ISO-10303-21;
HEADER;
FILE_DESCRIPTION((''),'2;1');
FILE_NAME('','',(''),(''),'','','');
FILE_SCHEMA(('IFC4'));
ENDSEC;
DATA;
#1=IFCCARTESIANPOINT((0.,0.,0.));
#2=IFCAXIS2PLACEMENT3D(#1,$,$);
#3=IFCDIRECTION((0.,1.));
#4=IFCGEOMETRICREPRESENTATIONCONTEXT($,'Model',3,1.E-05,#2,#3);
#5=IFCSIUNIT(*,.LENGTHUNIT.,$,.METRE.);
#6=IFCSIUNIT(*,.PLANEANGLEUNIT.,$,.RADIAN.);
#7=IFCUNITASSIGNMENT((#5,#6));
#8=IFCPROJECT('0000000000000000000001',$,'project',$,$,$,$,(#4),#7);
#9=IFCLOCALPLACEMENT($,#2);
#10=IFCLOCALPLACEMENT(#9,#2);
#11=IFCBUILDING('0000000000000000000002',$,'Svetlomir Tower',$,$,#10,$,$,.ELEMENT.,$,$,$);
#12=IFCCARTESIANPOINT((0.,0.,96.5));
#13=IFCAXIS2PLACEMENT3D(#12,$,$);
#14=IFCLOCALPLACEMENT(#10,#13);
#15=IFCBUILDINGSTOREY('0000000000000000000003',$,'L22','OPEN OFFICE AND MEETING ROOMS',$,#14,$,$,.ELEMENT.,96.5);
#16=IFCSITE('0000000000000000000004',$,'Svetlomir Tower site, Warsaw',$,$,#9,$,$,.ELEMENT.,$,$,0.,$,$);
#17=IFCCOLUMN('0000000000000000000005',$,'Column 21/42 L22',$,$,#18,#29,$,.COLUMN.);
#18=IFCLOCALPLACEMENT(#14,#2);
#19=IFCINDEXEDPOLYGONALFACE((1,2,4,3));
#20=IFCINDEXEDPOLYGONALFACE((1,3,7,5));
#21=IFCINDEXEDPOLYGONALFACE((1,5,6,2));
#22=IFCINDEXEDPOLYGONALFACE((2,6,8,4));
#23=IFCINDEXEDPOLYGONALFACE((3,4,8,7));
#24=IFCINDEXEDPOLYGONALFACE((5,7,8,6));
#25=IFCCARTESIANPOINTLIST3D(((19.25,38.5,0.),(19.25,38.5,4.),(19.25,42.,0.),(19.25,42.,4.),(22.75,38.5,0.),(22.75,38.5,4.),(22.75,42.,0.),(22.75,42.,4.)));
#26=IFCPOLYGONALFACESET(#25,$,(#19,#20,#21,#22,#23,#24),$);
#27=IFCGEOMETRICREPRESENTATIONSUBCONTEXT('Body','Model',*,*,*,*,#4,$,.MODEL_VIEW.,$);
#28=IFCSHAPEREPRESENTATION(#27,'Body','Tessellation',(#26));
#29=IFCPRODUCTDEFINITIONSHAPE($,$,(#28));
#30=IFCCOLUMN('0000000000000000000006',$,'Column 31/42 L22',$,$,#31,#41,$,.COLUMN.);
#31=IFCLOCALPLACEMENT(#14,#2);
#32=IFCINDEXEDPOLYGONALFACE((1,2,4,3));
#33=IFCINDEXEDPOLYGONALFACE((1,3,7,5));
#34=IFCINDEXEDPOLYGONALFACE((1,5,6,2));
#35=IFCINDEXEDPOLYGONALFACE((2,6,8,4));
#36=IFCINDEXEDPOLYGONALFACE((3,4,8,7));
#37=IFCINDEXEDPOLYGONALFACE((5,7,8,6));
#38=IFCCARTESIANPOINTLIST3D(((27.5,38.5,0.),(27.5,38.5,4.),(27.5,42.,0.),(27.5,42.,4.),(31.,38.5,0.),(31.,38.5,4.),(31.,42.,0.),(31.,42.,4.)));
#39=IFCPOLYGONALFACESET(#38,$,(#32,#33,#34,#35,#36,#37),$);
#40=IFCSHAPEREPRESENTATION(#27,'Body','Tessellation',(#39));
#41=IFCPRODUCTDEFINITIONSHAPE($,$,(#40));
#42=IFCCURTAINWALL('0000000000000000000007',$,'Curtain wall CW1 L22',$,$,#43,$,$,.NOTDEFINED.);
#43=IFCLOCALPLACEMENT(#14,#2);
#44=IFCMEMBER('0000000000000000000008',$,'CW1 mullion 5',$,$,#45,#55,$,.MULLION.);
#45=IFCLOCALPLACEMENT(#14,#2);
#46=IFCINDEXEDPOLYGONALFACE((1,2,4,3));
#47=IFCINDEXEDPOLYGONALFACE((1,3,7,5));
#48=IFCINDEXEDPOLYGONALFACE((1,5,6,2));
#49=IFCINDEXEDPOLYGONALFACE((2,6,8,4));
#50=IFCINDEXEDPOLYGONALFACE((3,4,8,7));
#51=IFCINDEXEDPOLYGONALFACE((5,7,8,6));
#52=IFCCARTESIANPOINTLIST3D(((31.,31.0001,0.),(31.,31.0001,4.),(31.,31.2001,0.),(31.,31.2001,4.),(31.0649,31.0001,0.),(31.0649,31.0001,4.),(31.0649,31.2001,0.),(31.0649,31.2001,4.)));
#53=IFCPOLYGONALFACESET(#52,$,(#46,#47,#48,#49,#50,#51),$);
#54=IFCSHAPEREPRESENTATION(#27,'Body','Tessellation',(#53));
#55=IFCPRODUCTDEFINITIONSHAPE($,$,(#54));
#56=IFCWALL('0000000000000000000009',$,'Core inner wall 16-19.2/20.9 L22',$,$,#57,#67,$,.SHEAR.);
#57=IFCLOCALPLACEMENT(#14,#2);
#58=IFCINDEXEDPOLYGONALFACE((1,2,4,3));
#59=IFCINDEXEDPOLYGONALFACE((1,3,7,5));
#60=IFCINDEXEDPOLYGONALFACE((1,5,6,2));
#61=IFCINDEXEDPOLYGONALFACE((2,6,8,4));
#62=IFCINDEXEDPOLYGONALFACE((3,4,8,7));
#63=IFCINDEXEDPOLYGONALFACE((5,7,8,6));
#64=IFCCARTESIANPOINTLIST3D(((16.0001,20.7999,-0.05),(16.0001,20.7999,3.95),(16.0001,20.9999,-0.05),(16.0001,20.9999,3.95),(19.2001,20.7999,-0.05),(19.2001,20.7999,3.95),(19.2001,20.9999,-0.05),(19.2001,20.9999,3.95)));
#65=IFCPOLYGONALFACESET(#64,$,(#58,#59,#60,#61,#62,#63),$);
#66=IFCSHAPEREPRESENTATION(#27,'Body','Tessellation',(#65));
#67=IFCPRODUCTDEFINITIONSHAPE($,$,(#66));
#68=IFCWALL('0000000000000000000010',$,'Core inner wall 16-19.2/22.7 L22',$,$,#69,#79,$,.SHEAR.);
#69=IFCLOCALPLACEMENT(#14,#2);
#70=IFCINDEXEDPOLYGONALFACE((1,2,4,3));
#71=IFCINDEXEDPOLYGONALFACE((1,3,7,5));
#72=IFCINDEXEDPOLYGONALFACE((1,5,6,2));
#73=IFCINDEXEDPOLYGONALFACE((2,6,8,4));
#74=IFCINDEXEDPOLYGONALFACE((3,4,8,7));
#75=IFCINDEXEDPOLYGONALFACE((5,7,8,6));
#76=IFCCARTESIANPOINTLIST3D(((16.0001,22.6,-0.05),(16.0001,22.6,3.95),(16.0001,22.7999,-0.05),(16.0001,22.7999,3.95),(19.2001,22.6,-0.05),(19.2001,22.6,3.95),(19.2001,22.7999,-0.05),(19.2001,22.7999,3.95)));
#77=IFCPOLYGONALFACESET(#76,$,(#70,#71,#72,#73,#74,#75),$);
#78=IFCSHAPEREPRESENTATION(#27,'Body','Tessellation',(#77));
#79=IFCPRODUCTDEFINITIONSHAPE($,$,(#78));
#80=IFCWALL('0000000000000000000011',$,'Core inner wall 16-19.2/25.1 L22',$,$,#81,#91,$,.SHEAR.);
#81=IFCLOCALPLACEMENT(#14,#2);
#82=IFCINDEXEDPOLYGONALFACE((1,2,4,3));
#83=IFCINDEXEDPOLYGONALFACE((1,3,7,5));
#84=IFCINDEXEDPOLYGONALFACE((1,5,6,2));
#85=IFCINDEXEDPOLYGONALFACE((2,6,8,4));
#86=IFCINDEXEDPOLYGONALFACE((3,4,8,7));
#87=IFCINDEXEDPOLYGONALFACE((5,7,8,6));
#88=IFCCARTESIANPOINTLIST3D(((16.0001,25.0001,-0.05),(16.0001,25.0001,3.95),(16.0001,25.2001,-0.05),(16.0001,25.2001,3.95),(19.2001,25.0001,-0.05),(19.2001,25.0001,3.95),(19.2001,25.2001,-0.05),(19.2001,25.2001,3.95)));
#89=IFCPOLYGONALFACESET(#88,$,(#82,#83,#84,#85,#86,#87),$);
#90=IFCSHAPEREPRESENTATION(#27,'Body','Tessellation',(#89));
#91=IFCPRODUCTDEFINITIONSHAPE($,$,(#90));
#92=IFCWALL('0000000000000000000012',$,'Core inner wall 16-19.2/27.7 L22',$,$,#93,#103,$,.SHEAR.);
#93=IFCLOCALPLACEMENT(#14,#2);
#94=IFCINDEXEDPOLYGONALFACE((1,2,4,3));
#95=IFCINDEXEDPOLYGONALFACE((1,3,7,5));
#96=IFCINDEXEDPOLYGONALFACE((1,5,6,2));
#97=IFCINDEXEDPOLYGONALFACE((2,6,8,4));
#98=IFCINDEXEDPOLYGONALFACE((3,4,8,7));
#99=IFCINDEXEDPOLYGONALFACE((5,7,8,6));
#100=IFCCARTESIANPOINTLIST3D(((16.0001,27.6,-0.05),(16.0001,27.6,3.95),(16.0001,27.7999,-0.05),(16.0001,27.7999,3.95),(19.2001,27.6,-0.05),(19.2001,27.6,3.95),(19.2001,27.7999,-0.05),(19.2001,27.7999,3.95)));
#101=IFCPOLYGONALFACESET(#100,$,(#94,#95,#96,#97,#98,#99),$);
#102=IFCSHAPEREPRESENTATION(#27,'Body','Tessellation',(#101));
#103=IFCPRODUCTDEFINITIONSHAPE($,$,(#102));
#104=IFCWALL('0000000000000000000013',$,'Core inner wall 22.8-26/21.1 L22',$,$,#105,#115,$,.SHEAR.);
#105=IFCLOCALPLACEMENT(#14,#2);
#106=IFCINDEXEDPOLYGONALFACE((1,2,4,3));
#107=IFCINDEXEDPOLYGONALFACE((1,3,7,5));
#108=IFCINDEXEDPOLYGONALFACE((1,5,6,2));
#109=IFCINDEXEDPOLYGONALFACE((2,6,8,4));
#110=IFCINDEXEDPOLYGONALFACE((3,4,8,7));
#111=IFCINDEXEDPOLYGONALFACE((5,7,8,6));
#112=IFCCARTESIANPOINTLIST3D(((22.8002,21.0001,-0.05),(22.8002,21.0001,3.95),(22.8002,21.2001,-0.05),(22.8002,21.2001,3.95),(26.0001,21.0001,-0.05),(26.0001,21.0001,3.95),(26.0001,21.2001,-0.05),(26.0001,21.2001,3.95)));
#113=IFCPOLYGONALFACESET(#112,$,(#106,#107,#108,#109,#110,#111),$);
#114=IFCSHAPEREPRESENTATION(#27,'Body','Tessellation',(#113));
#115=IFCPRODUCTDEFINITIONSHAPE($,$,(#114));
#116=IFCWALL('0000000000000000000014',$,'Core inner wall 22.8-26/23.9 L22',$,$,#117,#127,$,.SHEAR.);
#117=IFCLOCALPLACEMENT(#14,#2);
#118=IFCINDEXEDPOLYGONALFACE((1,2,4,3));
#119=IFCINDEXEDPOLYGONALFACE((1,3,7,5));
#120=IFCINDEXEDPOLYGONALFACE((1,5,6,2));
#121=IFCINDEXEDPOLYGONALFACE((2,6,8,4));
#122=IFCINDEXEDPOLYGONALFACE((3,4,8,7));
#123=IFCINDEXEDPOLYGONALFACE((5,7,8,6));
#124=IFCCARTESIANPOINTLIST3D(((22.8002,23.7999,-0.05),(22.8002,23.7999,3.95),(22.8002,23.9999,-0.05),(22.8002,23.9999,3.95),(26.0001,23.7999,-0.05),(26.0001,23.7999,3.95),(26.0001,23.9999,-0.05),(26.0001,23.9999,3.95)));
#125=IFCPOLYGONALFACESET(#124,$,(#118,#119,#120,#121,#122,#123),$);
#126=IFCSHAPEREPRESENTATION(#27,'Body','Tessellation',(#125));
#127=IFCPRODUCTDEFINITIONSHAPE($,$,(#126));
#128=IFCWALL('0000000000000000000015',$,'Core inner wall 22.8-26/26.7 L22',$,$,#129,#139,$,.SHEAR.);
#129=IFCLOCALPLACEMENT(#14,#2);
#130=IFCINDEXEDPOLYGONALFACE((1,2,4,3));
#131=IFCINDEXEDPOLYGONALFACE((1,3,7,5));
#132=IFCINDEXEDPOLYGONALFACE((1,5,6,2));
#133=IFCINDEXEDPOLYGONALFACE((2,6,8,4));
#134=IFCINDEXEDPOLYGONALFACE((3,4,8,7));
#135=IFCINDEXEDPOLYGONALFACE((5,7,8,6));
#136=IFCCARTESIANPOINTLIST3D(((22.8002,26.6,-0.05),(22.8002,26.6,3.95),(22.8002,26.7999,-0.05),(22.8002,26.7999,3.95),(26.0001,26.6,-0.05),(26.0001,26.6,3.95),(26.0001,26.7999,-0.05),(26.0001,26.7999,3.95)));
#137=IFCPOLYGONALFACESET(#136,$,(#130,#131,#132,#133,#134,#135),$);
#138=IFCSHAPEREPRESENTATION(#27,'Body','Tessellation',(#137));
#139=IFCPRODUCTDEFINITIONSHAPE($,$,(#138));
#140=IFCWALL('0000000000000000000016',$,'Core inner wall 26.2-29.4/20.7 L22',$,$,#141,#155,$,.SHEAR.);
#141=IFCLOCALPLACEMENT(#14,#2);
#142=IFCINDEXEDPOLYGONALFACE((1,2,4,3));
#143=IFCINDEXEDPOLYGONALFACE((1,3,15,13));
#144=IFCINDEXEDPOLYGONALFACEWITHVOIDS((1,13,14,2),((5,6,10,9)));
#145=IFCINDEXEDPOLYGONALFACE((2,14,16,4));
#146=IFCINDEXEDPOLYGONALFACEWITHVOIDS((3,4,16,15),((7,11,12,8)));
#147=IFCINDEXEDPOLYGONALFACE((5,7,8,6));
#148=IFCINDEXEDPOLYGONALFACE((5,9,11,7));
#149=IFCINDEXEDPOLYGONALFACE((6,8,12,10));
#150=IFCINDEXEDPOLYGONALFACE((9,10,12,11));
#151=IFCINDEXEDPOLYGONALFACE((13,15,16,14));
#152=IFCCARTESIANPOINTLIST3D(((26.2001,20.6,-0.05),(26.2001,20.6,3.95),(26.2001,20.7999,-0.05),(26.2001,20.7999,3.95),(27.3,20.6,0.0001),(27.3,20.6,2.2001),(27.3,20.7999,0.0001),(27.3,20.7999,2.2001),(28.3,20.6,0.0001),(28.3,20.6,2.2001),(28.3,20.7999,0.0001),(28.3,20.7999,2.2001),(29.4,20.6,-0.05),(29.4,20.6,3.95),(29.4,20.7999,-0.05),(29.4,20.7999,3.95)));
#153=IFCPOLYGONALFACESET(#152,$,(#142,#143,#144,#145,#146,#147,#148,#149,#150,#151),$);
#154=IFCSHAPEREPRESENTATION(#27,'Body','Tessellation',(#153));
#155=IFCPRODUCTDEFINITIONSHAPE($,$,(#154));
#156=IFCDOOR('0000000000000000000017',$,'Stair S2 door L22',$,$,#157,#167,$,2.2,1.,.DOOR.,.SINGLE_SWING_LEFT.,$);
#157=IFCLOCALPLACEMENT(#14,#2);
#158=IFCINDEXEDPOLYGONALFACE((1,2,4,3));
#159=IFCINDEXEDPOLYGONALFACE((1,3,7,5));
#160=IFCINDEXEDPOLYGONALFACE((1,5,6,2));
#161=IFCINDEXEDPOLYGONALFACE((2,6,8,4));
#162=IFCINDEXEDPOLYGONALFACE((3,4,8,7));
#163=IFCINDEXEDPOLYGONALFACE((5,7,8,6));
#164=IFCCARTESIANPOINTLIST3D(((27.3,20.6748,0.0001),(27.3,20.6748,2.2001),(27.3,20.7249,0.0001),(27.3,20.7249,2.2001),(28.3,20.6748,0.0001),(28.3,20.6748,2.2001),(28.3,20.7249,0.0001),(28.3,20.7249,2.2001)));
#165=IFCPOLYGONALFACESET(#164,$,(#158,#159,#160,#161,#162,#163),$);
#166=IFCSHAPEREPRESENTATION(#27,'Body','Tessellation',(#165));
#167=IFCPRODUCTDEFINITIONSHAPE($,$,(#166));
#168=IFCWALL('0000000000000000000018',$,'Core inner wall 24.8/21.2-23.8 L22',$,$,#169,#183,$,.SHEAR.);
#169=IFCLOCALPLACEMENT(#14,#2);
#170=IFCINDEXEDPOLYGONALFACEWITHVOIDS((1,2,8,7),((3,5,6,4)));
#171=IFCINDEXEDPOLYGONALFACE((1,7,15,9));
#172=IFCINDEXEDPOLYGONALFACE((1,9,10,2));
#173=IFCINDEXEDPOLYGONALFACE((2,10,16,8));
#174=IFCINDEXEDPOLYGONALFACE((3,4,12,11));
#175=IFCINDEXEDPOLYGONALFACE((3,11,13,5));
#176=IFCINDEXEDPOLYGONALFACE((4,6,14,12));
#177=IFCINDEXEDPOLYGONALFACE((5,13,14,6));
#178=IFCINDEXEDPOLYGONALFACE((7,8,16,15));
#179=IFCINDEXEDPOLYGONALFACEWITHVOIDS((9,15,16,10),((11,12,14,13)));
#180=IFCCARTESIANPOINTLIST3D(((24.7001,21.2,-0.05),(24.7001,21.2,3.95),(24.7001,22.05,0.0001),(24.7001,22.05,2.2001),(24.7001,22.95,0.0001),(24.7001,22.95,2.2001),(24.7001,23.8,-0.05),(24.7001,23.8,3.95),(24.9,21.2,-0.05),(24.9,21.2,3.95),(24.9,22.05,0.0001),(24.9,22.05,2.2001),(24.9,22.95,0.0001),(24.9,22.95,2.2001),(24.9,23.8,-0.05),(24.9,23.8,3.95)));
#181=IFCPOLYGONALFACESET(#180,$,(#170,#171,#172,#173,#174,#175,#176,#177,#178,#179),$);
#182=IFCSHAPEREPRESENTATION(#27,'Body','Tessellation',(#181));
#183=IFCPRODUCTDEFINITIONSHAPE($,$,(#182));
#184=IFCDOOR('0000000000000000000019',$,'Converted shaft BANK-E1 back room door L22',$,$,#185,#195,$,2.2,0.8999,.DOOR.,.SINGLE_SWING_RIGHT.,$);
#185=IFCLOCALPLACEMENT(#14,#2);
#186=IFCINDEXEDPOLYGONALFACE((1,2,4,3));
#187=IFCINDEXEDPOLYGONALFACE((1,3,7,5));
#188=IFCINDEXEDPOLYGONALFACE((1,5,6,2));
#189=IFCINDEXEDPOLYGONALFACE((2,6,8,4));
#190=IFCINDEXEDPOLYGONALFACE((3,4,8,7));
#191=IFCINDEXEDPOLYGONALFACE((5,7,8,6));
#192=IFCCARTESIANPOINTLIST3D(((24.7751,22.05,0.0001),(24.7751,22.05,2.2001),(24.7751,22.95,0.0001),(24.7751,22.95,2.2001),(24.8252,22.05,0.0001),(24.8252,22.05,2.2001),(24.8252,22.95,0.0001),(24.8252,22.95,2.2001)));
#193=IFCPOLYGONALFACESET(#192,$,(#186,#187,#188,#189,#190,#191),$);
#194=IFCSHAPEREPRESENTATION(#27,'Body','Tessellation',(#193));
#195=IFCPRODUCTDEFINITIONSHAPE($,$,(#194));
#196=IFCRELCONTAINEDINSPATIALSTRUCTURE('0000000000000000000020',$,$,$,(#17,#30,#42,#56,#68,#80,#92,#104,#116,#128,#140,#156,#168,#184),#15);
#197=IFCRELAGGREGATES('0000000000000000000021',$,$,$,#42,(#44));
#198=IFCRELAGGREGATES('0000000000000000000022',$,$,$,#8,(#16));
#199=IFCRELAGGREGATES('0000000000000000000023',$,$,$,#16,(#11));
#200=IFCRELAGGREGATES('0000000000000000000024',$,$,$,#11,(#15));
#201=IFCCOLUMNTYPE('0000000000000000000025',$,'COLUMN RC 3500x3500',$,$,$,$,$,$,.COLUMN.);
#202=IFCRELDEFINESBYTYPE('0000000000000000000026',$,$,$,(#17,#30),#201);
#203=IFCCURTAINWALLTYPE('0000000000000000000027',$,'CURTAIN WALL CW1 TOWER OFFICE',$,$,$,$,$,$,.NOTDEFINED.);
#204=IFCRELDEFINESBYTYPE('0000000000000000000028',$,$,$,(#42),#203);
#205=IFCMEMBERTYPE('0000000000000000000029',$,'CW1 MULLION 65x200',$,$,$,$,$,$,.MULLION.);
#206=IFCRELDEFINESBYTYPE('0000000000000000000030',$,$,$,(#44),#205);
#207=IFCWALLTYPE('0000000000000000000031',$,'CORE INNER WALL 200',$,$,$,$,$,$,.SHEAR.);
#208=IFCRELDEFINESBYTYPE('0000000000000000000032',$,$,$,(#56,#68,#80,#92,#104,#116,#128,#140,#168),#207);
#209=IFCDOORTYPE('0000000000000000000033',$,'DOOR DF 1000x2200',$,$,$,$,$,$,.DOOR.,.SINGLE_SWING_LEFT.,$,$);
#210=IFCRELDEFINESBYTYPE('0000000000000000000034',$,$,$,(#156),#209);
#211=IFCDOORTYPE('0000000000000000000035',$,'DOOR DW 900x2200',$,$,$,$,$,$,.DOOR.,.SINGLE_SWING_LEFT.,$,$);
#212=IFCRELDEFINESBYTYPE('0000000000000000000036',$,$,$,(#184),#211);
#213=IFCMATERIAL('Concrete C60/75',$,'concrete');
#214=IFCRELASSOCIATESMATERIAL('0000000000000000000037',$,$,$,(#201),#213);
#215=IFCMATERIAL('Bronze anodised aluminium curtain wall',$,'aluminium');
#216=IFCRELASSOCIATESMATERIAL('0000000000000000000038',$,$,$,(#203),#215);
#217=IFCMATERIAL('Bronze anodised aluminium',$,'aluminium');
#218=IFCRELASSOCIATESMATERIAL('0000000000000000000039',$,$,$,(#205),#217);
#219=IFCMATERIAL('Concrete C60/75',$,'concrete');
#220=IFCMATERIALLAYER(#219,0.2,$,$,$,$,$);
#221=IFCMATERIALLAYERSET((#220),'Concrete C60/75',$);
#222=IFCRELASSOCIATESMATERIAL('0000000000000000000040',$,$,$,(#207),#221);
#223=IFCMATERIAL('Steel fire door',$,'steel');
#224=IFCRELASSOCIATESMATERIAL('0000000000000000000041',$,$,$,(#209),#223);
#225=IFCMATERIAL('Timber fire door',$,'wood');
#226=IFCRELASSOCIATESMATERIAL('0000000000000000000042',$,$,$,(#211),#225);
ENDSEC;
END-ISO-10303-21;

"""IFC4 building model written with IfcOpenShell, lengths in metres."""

from ifc_helpers import new_model, si_unit, direction, frame, frame_2d, origin, origin_2d, place, context, subcontext, project, spatial, rectangle, extrude, material, layer, layer_set, material_profile, profile_set, type_object, element, fill, aggregate, save


model = new_model("IFC4")

# Units and contexts
model_context = context("Model", 3, precision=1e-05, world=origin(), true_north=direction((0.0, 1.0)))
body_context = subcontext(model_context, "Body", "Model", "MODEL_VIEW")
ifc_project = project(units=[si_unit("LENGTHUNIT", "METRE"), si_unit("PLANEANGLEUNIT", "RADIAN")], contexts=[model_context])

# Site, building, storey
site_placement = place(None, origin())
site = spatial("IfcSite", under=ifc_project, at=site_placement, Name="Svetlomir Tower site, Warsaw", CompositionType="ELEMENT", RefElevation=0.0)
building_placement = place(site_placement, origin())
building = spatial("IfcBuilding", under=site, at=building_placement, Name="Svetlomir Tower", CompositionType="ELEMENT")
storey_placement = place(building_placement, frame((0.0, 0.0, 96.5)))
storey = spatial("IfcBuildingStorey", under=building, at=storey_placement, Name="L22", Description="OPEN OFFICE AND MEETING ROOMS", CompositionType="ELEMENT", Elevation=96.5)

# Columns
ifc_material_1 = material(Name="Concrete C60/75", Category="concrete")
ifc_material_profile_1 = material_profile(ifc_material_1, rectangle(XDim=3.5, YDim=3.5, at=origin_2d()), Name="RC 3500x3500")
ifc_profile_set_1 = profile_set([ifc_material_profile_1], Name="Concrete C60/75")
column_type = type_object("IfcColumnType", Name="COLUMN RC 3500x3500", PredefinedType="COLUMN", material=ifc_profile_set_1)
for number, where, z_axis, x_axis, name in (
    (1, (21.0, 40.25, 0.0), (0.0, 0.0, 1.0), (1.0, 0.0, 0.0), "Column 21/42 L22"),
    (2, (29.25, 40.25, 0.0), (0.0, 0.0, 1.0), (1.0, 0.0, 0.0), "Column 31/42 L22"),
):
    element("IfcColumn", number, at=place(storey_placement, frame(where, z_axis=z_axis, x_axis=x_axis)), inside=storey, type_object=column_type, Name=name, PredefinedType="COLUMN", context=body_context, shape_type="SweptSolid", body=[
        extrude(rectangle(XDim=3.5, YDim=3.5, at=origin_2d()), origin(), (0.0, 0.0, 1.0), 4.0),
    ])

# Curtain wall, member
ifc_material_2 = material(Name="Bronze anodised aluminium curtain wall", Category="aluminium")
curtain_wall_type = type_object("IfcCurtainWallType", Name="CURTAIN WALL CW1 TOWER OFFICE", PredefinedType="NOTDEFINED", material=ifc_material_2)
curtain_wall_placement = place(storey_placement, origin())
curtain_wall = element("IfcCurtainWall", 3, at=curtain_wall_placement, inside=storey, type_object=curtain_wall_type, Name="Curtain wall CW1 L22", PredefinedType="NOTDEFINED")
ifc_material_3 = material(Name="Bronze anodised aluminium", Category="aluminium")
ifc_material_profile_2 = material_profile(ifc_material_3, rectangle(XDim=0.0649, YDim=0.2, at=origin_2d()), Name="AL 65x200")
ifc_profile_set_2 = profile_set([ifc_material_profile_2], Name="Bronze anodised aluminium 6063-T6")
member_type = type_object("IfcMemberType", Name="CW1 MULLION 65x200", PredefinedType="MULLION", material=ifc_profile_set_2)
member_placement = place(storey_placement, frame((31.0325, 31.1001, 0.0), z_axis=(0.0, 0.0, 1.0), x_axis=(-1.0, 0.0, 0.0)))
member = element("IfcMember", 4, at=member_placement, type_object=member_type, Name="CW1 mullion 5", PredefinedType="MULLION", context=body_context, shape_type="SweptSolid", body=[
    extrude(rectangle(XDim=0.0649, YDim=0.2, at=origin_2d()), origin(), (0.0, 0.0, 1.0), 4.0),
])
aggregate(curtain_wall, [member])

# Walls
ifc_material_4 = material(Name="Concrete C60/75", Category="concrete")
ifc_layer_1 = layer(ifc_material_4, 0.2)
ifc_layer_set_1 = layer_set([ifc_layer_1], Name="Concrete C60/75")
wall_type_1 = type_object("IfcWallType", Name="CORE INNER WALL 200", PredefinedType="SHEAR", material=ifc_layer_set_1)
for number, where, z_axis, x_axis, name in (
    (5, (16.0, 20.8999, -0.05), (0.0, 0.0, 1.0), (1.0, 0.0, 0.0), "Core inner wall 16-19.2/20.9 L22"),
    (6, (16.0, 22.7, -0.05), (0.0, 0.0, 1.0), (1.0, 0.0, 0.0), "Core inner wall 16-19.2/22.7 L22"),
    (7, (16.0, 25.1001, -0.05), (0.0, 0.0, 1.0), (1.0, 0.0, 0.0), "Core inner wall 16-19.2/25.1 L22"),
    (8, (16.0, 27.7, -0.05), (0.0, 0.0, 1.0), (1.0, 0.0, 0.0), "Core inner wall 16-19.2/27.7 L22"),
    (9, (22.8, 21.1001, -0.05), (0.0, 0.0, 1.0), (1.0, 0.0, 0.0), "Core inner wall 22.8-26/21.1 L22"),
    (10, (22.8, 23.8999, -0.05), (0.0, 0.0, 1.0), (1.0, 0.0, 0.0), "Core inner wall 22.8-26/23.9 L22"),
    (11, (22.8, 26.7, -0.05), (0.0, 0.0, 1.0), (1.0, 0.0, 0.0), "Core inner wall 22.8-26/26.7 L22"),
):
    element("IfcWall", number, at=place(storey_placement, frame(where, z_axis=z_axis, x_axis=x_axis)), inside=storey, type_object=wall_type_1, Name=name, PredefinedType="SHEAR", context=body_context, shape_type="SweptSolid", body=[
        extrude(rectangle(XDim=3.2, YDim=0.2, at=frame_2d((1.6001, 0.0))), origin(), (0.0, 0.0, 1.0), 4.0),
    ])

# Walls, openings, doors
wall_1_placement = place(storey_placement, frame((26.2, 20.7, -0.05), z_axis=(0.0, 0.0, 1.0), x_axis=(1.0, 0.0, 0.0)))
wall_1 = element("IfcWall", 12, at=wall_1_placement, inside=storey, type_object=wall_type_1, Name="Core inner wall 26.2-29.4/20.7 L22", PredefinedType="SHEAR", context=body_context, shape_type="SweptSolid", body=[
    extrude(rectangle(XDim=3.2, YDim=0.2, at=frame_2d((1.6001, 0.0))), origin(), (0.0, 0.0, 1.0), 4.0),
])
opening_1_placement = place(wall_1_placement, frame((1.1001, 0.0, 0.05)))
opening_1 = element("IfcOpeningElement", 13, at=opening_1_placement, cuts=wall_1, PredefinedType="OPENING", context=body_context, shape_type="SweptSolid", body=[
    extrude(rectangle(XDim=1.0, YDim=2.2, at=frame_2d((0.5, 1.1001))), frame((0.0, 0.1099, 0.0), z_axis=(0.0, -1.0, 0.0), x_axis=(1.0, 0.0, 0.0)), (0.0, 0.0, 1.0), 0.22),
])
ifc_material_5 = material(Name="Steel fire door", Category="steel")
door_type_1 = type_object("IfcDoorType", Name="DOOR DF 1000x2200", OperationType="SINGLE_SWING_LEFT", PredefinedType="DOOR", material=ifc_material_5)
door_1_placement = place(opening_1_placement, origin())
door_1 = element("IfcDoor", 14, at=door_1_placement, inside=storey, type_object=door_type_1, Name="Stair S2 door L22", OperationType="SINGLE_SWING_LEFT", OverallHeight=2.2, OverallWidth=1.0, PredefinedType="DOOR", context=body_context, shape_type="SweptSolid", body=[
    extrude(rectangle(XDim=1.0, YDim=2.2, at=frame_2d((0.5, 1.1001))), frame((0.0, 0.0249, 0.0), z_axis=(0.0, -1.0, 0.0), x_axis=(1.0, 0.0, 0.0)), (0.0, 0.0, 1.0), 0.05),
])
fill(opening_1, door_1)
wall_2_placement = place(storey_placement, frame((24.8, 21.2, -0.05), z_axis=(0.0, 0.0, 1.0), x_axis=(0.0, 1.0, 0.0)))
wall_2 = element("IfcWall", 15, at=wall_2_placement, inside=storey, type_object=wall_type_1, Name="Core inner wall 24.8/21.2-23.8 L22", PredefinedType="SHEAR", context=body_context, shape_type="SweptSolid", body=[
    extrude(rectangle(XDim=2.6001, YDim=0.2, at=frame_2d((1.3, 0.0))), origin(), (0.0, 0.0, 1.0), 4.0),
])
opening_2_placement = place(wall_2_placement, frame((0.8501, 0.0, 0.05)))
opening_2 = element("IfcOpeningElement", 16, at=opening_2_placement, cuts=wall_2, PredefinedType="OPENING", context=body_context, shape_type="SweptSolid", body=[
    extrude(rectangle(XDim=0.8999, YDim=2.2, at=frame_2d((0.45, 1.1001))), frame((0.0, 0.1099, 0.0), z_axis=(0.0, -1.0, 0.0), x_axis=(1.0, 0.0, 0.0)), (0.0, 0.0, 1.0), 0.22),
])
ifc_material_6 = material(Name="Timber fire door", Category="wood")
door_type_2 = type_object("IfcDoorType", Name="DOOR DW 900x2200", OperationType="SINGLE_SWING_LEFT", PredefinedType="DOOR", material=ifc_material_6)
door_2_placement = place(opening_2_placement, origin())
door_2 = element("IfcDoor", 17, at=door_2_placement, inside=storey, type_object=door_type_2, Name="Converted shaft BANK-E1 back room door L22", OperationType="SINGLE_SWING_RIGHT", OverallHeight=2.2, OverallWidth=0.8999, PredefinedType="DOOR", context=body_context, shape_type="SweptSolid", body=[
    extrude(rectangle(XDim=0.8999, YDim=2.2, at=frame_2d((0.45, 1.1001))), frame((0.0, 0.0249, 0.0), z_axis=(0.0, -1.0, 0.0), x_axis=(1.0, 0.0, 0.0)), (0.0, 0.0, 1.0), 0.05),
])
fill(opening_2, door_2)

save(model, "model.ifc")
